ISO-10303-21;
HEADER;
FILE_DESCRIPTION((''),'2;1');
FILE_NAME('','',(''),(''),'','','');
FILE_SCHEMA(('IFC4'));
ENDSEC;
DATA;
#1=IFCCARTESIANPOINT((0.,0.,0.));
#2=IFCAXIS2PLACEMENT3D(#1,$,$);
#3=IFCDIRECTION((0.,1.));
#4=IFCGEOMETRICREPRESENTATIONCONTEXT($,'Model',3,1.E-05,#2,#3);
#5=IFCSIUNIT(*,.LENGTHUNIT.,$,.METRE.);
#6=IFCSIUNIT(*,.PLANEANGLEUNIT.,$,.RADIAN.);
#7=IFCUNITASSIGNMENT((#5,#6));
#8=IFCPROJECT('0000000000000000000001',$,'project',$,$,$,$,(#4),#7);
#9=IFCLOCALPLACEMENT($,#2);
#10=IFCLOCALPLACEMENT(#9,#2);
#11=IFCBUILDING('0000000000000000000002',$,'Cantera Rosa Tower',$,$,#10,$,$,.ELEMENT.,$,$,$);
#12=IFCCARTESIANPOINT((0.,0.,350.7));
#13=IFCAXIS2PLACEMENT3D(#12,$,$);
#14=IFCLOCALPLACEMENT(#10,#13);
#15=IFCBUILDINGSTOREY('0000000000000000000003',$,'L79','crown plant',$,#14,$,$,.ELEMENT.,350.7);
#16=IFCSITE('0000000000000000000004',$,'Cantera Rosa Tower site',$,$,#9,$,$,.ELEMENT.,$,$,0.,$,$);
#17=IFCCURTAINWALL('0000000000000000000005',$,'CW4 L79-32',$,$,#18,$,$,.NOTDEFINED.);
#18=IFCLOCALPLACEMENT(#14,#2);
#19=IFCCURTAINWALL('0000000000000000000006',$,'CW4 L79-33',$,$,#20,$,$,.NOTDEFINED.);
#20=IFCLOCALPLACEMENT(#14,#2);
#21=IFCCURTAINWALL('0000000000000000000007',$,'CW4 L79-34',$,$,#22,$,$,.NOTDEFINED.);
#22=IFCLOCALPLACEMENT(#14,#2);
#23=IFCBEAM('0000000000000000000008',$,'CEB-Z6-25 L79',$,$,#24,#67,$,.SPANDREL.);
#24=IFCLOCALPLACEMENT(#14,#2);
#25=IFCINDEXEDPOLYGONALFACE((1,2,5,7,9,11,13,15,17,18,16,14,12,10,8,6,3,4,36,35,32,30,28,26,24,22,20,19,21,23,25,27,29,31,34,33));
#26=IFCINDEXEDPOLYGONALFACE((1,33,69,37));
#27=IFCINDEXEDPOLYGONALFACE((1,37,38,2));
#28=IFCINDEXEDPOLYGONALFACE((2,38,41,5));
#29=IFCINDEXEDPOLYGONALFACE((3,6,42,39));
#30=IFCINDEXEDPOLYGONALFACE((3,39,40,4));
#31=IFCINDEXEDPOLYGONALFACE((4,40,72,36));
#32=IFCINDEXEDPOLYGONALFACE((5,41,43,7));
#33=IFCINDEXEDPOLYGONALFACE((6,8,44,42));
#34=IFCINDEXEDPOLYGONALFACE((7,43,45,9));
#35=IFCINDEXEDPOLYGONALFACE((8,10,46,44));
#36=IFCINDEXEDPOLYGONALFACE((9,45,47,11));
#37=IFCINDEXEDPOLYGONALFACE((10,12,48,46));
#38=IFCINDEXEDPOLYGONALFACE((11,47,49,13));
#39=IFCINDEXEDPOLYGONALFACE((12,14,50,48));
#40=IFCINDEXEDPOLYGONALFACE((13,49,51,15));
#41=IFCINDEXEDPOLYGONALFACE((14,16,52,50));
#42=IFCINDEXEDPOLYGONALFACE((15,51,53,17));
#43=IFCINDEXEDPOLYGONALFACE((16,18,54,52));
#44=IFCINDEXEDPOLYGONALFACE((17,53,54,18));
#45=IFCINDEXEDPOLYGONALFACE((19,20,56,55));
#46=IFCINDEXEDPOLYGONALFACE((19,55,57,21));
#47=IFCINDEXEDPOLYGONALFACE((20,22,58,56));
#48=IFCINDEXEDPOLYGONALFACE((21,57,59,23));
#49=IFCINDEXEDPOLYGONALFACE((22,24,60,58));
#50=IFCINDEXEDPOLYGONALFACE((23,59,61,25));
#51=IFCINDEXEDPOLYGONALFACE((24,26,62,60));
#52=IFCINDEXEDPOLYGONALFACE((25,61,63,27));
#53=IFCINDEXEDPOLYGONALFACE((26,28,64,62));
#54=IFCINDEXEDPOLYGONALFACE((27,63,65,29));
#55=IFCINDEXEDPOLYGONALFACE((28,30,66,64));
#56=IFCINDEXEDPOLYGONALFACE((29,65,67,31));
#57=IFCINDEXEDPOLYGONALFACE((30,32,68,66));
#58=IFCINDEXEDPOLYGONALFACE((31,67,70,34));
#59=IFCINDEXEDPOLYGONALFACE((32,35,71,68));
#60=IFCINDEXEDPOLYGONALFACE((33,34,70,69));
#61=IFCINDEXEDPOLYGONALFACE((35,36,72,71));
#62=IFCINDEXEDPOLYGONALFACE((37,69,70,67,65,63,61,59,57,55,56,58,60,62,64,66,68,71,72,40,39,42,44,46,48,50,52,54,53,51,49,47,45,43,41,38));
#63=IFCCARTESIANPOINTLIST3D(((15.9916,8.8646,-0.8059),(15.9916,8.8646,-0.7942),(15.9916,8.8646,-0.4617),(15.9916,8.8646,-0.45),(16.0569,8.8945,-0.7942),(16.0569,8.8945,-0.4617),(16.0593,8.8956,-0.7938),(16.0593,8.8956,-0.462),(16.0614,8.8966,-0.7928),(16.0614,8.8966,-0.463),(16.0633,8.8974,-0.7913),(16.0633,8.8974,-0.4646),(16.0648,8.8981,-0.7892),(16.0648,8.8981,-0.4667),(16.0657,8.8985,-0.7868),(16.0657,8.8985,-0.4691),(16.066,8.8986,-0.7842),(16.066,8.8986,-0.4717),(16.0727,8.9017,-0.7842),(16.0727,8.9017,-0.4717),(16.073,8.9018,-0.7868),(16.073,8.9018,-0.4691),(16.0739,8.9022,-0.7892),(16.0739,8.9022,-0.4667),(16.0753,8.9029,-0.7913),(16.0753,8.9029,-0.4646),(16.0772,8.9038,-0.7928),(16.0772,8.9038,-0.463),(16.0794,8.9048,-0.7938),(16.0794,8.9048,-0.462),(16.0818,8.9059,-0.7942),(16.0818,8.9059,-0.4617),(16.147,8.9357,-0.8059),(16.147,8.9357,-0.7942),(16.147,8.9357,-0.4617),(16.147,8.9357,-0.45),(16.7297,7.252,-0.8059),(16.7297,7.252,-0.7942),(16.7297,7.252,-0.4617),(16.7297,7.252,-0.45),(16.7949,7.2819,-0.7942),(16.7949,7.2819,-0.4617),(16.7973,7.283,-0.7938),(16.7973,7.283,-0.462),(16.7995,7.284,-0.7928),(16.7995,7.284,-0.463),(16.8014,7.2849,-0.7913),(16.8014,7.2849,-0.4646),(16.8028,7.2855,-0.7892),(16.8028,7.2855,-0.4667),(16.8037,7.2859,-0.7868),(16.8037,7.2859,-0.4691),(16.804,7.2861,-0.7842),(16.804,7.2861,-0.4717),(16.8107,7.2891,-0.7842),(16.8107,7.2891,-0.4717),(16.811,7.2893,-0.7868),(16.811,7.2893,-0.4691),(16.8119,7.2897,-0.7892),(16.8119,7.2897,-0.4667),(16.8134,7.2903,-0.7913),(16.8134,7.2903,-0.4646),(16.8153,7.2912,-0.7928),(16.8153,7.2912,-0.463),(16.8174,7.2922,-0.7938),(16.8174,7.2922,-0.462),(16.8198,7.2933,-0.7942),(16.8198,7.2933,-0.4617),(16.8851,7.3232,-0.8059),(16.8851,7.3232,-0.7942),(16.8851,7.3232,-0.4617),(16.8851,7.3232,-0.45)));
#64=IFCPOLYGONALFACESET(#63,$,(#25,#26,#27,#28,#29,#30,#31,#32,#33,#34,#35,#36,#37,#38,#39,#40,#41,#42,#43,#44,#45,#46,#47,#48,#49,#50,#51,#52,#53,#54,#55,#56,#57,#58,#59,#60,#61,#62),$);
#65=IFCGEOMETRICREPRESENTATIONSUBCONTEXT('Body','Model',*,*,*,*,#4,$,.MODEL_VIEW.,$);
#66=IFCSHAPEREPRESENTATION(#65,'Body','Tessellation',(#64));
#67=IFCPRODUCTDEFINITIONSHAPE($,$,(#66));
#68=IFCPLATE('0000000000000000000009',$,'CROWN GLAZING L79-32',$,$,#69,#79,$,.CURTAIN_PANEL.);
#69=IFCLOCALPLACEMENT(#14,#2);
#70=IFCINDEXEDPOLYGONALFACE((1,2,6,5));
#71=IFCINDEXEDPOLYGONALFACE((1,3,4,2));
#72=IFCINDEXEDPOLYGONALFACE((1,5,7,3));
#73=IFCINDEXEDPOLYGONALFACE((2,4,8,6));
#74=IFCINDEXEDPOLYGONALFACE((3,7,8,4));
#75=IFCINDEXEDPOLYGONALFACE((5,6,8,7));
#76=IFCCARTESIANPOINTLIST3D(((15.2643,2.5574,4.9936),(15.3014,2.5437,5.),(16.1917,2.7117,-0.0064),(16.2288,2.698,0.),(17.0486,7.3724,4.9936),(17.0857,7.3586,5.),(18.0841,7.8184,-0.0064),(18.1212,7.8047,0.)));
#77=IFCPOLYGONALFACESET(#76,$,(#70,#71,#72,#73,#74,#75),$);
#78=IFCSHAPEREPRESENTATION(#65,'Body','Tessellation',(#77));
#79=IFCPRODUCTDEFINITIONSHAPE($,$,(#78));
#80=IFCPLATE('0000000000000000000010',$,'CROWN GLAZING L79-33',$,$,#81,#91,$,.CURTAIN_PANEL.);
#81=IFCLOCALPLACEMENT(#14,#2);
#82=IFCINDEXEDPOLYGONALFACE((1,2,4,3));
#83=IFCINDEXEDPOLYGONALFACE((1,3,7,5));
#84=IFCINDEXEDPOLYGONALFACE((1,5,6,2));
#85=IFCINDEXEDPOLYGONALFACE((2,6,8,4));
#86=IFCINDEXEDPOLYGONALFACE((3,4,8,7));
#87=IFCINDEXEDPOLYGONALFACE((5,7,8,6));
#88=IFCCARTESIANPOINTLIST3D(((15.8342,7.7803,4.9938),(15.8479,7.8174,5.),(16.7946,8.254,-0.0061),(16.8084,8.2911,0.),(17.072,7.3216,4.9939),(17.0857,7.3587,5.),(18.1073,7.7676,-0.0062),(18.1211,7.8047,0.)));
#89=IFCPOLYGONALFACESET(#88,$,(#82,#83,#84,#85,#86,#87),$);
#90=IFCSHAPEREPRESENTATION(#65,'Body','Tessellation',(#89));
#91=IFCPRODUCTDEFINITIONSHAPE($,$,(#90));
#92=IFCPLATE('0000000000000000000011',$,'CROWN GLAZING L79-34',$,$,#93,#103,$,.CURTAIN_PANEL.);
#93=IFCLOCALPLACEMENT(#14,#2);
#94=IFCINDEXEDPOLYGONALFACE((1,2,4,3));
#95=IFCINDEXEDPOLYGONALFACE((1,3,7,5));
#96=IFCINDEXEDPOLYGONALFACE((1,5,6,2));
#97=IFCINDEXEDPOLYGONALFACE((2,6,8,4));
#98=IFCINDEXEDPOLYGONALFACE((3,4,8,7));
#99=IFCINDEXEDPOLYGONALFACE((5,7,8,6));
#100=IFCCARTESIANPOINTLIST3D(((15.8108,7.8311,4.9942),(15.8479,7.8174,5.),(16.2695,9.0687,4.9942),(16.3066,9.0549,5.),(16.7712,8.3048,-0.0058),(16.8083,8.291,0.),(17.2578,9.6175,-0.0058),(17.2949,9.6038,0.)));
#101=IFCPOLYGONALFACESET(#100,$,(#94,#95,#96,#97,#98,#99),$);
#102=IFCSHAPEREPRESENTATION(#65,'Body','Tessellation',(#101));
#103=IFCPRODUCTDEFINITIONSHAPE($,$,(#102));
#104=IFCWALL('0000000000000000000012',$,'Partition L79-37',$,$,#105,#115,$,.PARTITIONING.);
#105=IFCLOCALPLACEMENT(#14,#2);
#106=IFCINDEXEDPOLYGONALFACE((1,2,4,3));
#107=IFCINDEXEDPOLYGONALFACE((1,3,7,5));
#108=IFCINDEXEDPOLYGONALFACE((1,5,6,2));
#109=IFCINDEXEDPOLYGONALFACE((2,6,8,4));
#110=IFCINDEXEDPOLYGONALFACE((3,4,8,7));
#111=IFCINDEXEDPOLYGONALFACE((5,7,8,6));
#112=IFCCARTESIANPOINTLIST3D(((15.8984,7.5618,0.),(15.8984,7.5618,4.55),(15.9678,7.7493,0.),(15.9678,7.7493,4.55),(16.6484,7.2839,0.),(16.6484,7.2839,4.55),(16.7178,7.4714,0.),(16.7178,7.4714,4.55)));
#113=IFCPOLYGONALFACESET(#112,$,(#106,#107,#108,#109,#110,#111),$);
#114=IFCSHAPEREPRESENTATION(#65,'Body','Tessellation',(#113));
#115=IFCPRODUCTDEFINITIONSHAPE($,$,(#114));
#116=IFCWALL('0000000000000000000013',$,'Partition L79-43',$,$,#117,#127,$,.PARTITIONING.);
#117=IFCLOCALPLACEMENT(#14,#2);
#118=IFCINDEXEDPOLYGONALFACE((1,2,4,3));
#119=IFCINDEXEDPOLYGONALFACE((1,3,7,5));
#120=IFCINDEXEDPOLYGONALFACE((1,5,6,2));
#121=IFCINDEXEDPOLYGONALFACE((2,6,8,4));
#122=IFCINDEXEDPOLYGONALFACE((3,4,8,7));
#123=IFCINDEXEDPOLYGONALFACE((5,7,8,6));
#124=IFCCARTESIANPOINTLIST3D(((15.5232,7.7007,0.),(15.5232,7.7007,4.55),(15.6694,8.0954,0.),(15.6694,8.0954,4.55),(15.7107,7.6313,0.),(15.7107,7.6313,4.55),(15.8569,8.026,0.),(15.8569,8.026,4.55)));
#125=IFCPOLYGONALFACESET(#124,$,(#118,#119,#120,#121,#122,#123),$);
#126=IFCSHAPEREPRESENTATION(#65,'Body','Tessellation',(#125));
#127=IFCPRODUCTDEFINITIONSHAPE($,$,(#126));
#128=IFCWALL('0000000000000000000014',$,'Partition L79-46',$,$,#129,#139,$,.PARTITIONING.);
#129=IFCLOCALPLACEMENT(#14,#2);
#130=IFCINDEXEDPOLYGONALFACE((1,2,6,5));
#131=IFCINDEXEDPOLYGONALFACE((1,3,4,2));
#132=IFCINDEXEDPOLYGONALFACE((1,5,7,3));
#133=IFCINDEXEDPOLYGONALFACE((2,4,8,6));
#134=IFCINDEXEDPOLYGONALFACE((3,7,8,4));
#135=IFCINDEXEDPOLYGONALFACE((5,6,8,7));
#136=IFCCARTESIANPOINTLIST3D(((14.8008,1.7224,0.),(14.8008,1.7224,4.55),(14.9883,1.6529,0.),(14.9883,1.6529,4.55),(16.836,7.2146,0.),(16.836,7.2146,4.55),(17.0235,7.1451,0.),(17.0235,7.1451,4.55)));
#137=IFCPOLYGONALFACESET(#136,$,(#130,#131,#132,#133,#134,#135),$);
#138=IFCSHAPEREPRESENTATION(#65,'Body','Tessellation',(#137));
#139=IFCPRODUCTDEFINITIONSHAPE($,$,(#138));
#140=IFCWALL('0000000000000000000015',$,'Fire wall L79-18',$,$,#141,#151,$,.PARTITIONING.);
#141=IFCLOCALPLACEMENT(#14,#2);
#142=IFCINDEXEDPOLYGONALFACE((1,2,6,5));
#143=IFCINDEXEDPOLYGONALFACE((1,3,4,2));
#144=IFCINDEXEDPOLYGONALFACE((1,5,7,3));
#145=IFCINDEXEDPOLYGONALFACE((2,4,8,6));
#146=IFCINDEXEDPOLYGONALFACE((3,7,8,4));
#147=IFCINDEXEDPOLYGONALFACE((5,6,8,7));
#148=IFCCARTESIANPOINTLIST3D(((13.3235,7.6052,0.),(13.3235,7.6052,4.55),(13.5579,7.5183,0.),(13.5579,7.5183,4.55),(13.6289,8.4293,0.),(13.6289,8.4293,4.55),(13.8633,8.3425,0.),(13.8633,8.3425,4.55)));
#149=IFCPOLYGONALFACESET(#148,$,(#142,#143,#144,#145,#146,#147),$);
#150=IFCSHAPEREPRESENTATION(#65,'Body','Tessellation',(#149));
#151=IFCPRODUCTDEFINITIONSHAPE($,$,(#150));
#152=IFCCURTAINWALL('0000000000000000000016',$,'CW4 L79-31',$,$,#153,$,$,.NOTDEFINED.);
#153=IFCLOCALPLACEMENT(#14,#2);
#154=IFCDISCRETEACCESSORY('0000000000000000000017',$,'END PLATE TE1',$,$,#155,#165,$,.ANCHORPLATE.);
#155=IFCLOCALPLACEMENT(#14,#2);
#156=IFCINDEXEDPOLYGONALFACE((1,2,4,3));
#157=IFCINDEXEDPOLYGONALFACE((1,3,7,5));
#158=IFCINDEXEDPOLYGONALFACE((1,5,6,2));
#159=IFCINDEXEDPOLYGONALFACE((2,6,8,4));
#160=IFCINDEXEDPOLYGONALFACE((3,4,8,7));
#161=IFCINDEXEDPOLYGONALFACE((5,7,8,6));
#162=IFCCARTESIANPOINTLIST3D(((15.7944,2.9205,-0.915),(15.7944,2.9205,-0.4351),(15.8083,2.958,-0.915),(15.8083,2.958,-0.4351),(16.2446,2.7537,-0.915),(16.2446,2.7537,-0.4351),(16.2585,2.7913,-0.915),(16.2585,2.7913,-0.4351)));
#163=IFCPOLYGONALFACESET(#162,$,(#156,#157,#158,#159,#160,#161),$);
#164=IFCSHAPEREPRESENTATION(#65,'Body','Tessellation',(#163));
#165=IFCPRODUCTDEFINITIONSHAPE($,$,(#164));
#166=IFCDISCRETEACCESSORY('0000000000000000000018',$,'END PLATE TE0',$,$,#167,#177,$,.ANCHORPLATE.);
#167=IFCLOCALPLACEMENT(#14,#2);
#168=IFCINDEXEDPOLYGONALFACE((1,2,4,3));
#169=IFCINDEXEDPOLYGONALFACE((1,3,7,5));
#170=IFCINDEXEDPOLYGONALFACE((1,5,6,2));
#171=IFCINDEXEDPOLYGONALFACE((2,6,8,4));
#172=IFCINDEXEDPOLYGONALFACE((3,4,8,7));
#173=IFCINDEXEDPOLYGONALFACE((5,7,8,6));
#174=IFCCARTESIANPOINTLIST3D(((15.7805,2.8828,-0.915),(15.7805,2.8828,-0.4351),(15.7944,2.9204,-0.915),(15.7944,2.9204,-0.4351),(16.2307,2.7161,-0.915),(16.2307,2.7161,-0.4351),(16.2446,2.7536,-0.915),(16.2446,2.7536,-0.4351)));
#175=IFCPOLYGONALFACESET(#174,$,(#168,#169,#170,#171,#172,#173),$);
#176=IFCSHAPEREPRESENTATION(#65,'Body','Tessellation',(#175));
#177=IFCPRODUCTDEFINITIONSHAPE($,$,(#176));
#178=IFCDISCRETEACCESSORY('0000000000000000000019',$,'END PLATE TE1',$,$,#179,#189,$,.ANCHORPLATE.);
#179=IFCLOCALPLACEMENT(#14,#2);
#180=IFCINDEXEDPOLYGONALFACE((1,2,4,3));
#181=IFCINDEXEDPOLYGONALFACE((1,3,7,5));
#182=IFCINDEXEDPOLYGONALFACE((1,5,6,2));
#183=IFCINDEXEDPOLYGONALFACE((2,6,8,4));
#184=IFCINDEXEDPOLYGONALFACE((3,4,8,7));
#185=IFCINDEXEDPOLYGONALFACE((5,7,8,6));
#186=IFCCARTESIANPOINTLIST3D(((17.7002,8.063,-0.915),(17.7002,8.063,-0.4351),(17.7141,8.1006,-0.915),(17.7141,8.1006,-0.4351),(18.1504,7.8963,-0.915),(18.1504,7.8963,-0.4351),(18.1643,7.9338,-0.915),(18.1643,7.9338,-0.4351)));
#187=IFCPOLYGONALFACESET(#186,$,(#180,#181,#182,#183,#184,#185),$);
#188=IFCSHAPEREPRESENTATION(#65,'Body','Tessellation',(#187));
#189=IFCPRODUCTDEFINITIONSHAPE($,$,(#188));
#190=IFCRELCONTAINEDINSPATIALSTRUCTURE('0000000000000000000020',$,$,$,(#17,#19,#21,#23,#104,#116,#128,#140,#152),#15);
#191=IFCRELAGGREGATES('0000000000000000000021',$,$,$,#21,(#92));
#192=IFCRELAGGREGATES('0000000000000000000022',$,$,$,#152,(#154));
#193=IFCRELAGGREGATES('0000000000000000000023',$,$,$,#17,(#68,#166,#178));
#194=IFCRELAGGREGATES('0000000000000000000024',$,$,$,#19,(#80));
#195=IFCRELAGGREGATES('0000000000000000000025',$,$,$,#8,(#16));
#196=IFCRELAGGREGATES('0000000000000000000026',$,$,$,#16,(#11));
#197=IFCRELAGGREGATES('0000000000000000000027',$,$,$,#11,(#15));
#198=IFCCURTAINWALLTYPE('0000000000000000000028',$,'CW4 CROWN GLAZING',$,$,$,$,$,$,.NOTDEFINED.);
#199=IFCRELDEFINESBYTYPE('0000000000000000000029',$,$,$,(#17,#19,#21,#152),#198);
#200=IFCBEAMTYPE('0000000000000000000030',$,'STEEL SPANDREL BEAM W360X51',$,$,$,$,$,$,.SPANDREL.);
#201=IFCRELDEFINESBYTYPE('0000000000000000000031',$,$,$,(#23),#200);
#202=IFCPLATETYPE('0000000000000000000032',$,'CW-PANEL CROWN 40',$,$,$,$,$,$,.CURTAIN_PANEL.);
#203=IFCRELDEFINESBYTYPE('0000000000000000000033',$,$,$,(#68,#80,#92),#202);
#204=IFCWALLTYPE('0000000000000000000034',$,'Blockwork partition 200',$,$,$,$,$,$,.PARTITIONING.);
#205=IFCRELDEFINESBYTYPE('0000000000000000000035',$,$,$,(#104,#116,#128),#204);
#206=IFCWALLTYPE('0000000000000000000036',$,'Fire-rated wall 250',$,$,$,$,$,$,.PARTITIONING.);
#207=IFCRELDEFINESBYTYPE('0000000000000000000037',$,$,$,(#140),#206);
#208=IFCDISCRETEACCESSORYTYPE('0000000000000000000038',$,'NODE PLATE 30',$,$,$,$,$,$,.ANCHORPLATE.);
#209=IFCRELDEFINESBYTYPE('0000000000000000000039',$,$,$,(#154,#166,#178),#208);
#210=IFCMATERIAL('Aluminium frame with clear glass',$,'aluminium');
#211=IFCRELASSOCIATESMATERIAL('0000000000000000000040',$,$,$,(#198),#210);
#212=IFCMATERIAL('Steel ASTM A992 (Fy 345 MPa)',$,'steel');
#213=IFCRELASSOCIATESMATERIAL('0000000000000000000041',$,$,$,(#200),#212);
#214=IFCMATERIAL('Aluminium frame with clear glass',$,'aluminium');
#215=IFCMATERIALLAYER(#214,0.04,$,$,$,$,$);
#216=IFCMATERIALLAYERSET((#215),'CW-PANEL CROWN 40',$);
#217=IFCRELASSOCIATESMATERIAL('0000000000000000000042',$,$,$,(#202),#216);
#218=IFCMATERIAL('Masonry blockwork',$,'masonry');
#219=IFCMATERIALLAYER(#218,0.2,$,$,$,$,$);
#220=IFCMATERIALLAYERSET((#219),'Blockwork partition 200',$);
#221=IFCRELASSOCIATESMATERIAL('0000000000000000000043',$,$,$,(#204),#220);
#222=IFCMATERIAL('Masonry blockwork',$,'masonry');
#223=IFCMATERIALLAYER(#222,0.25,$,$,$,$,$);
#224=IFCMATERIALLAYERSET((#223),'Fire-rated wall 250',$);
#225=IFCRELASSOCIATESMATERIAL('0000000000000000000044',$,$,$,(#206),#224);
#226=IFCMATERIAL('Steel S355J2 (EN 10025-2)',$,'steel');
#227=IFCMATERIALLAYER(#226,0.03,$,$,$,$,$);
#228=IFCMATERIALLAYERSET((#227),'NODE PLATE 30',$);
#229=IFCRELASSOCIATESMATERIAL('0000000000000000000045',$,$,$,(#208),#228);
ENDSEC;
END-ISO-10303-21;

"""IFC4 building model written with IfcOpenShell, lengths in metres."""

from ifc_helpers import new_model, si_unit, direction, frame, frame_2d, origin, origin_2d, place, context, subcontext, project, spatial, polyline, rectangle, i_section, outline, extrude, material, layer, layer_set, material_profile, profile_set, type_object, element, aggregate, save


model = new_model("IFC4")

# Units and contexts
model_context = context("Model", 3, precision=1e-05, world=origin(), true_north=direction((0.0, 1.0)))
body_context = subcontext(model_context, "Body", "Model", "MODEL_VIEW")
ifc_project = project(units=[si_unit("LENGTHUNIT", "METRE"), si_unit("PLANEANGLEUNIT", "RADIAN")], contexts=[model_context])

# Site, building, storey
site_placement = place(None, origin())
site = spatial("IfcSite", under=ifc_project, at=site_placement, Name="Cantera Rosa Tower site", CompositionType="ELEMENT", RefElevation=0.0)
building_placement = place(site_placement, origin())
building = spatial("IfcBuilding", under=site, at=building_placement, Name="Cantera Rosa Tower", CompositionType="ELEMENT")
storey_placement = place(building_placement, frame((0.0, 0.0, 350.7)))
storey = spatial("IfcBuildingStorey", under=building, at=storey_placement, Name="L79", Description="crown plant", CompositionType="ELEMENT", Elevation=350.7)

# Curtain walls
ifc_material_1 = material(Name="Aluminium frame with clear glass", Category="aluminium")
curtain_wall_type = type_object("IfcCurtainWallType", Name="CW4 CROWN GLAZING", PredefinedType="NOTDEFINED", material=ifc_material_1)
curtain_wall_1_placement = place(storey_placement, origin())
curtain_wall_1 = element("IfcCurtainWall", 1, at=curtain_wall_1_placement, inside=storey, type_object=curtain_wall_type, Name="CW4 L79-32", PredefinedType="NOTDEFINED")
curtain_wall_2_placement = place(storey_placement, origin())
curtain_wall_2 = element("IfcCurtainWall", 2, at=curtain_wall_2_placement, inside=storey, type_object=curtain_wall_type, Name="CW4 L79-33", PredefinedType="NOTDEFINED")
curtain_wall_3_placement = place(storey_placement, origin())
curtain_wall_3 = element("IfcCurtainWall", 3, at=curtain_wall_3_placement, inside=storey, type_object=curtain_wall_type, Name="CW4 L79-34", PredefinedType="NOTDEFINED")

# Beam
ifc_material_2 = material(Name="Steel ASTM A992 (Fy 345 MPa)", Category="steel")
ifc_material_profile_1 = material_profile(ifc_material_2, i_section(OverallWidth=0.1709, OverallDepth=0.356, WebThickness=0.0073, FlangeThickness=0.0117, FilletRadius=0.01, at=origin_2d()), Name="W360X51")
ifc_profile_set_1 = profile_set([ifc_material_profile_1], Name="Steel ASTM A992 (Fy 345 MPa)")
beam_type_1 = type_object("IfcBeamType", Name="STEEL SPANDREL BEAM W360X51", PredefinedType="SPANDREL", material=ifc_profile_set_1)
beam_1_placement = place(storey_placement, frame((16.8074, 7.2876, -0.6279), z_axis=(-0.416166, 0.909288, 0.0), x_axis=(-0.909288, -0.416166, 0.0)))
element("IfcBeam", 4, at=beam_1_placement, inside=storey, type_object=beam_type_1, Name="CEB-Z6-25 L79", PredefinedType="SPANDREL", context=body_context, shape_type="SweptSolid", body=[
    extrude(i_section(OverallWidth=0.1709, OverallDepth=0.356, WebThickness=0.0073, FlangeThickness=0.0117, FilletRadius=0.01, at=origin_2d()), origin(), (0.0, 0.0, 1.0), 1.7734),
])

# Plates
ifc_material_3 = material(Name="Aluminium frame with clear glass", Category="aluminium")
ifc_layer_1 = layer(ifc_material_3, 0.04)
ifc_layer_set_1 = layer_set([ifc_layer_1], Name="CW-PANEL CROWN 40")
plate_type = type_object("IfcPlateType", Name="CW-PANEL CROWN 40", PredefinedType="CURTAIN_PANEL", material=ifc_layer_set_1)
plate_1_placement = place(storey_placement, frame((16.2288, 2.698, 0.0), z_axis=(0.925442, -0.34295, 0.161065), x_axis=(0.347487, 0.937685, 0.000003)))
plate_1 = element("IfcPlate", 5, at=plate_1_placement, type_object=plate_type, Name="CROWN GLAZING L79-32", PredefinedType="CURTAIN_PANEL", context=body_context, shape_type="SweptSolid", body=[
    extrude(outline(polyline([(0.0, 0.0), (5.446, 0.0), (4.668, 5.0661), (-0.467, 5.0662), (0.0, 0.0)])), origin(), (0.0, 0.0, -1.0), 0.04),
])
plate_2_placement = place(storey_placement, frame((18.1211, 7.8047, 0.0), z_axis=(0.343321, 0.926551, 0.153735), x_axis=(-0.937698, 0.34745, 0.000009)))
plate_2 = element("IfcPlate", 6, at=plate_2_placement, type_object=plate_type, Name="CROWN GLAZING L79-33", PredefinedType="CURTAIN_PANEL", context=body_context, shape_type="SweptSolid", body=[
    extrude(outline(polyline([(0.0, 0.0), (1.3999, 0.0), (2.136, 5.0601), (0.816, 5.0602), (0.0, 0.0)])), origin(), (0.0, 0.0, -1.0), 0.04),
])
plate_3_placement = place(storey_placement, frame((16.8083, 8.291, 0.0), z_axis=(0.927663, -0.343855, 0.145619), x_axis=(0.34756, 0.937658, 0.000002)))
plate_3 = element("IfcPlate", 7, at=plate_3_placement, type_object=plate_type, Name="CROWN GLAZING L79-34", PredefinedType="CURTAIN_PANEL", context=body_context, shape_type="SweptSolid", body=[
    extrude(outline(polyline([(0.0, 0.0), (1.4, 0.0), (0.5419, 5.0539), (-0.7779, 5.0539), (0.0, 0.0)])), origin(), (0.0, 0.0, -1.0), 0.04),
])
aggregate(curtain_wall_3, [plate_3])

# Walls
ifc_material_4 = material(Name="Masonry blockwork", Category="masonry")
ifc_layer_2 = layer(ifc_material_4, 0.2)
ifc_layer_set_2 = layer_set([ifc_layer_2], Name="Blockwork partition 200")
wall_type_1 = type_object("IfcWallType", Name="Blockwork partition 200", PredefinedType="PARTITIONING", material=ifc_layer_set_2)
wall_1_placement = place(storey_placement, frame((16.6831, 7.3777, 0.0), z_axis=(0.0, 0.0, 1.0), x_axis=(-0.937727, 0.347374, 0.0)))
element("IfcWall", 8, at=wall_1_placement, inside=storey, type_object=wall_type_1, Name="Partition L79-37", PredefinedType="PARTITIONING", context=body_context, shape_type="SweptSolid", body=[
    extrude(rectangle(XDim=0.7998, YDim=0.2, at=frame_2d((0.3999, 0.0))), origin(), (0.0, 0.0, 1.0), 4.55),
])
wall_2_placement = place(storey_placement, frame((15.6169, 7.666, 0.0), z_axis=(0.0, 0.0, 1.0), x_axis=(0.347371, 0.937728, 0.0)))
element("IfcWall", 9, at=wall_2_placement, inside=storey, type_object=wall_type_1, Name="Partition L79-43", PredefinedType="PARTITIONING", context=body_context, shape_type="SweptSolid", body=[
    extrude(rectangle(XDim=0.4209, YDim=0.2, at=frame_2d((0.2104, 0.0))), origin(), (0.0, 0.0, 1.0), 4.55),
])
wall_3_placement = place(storey_placement, frame((14.8945, 1.6875, 0.0), z_axis=(0.0, 0.0, 1.0), x_axis=(0.347466, 0.937692, 0.0)))
element("IfcWall", 10, at=wall_3_placement, inside=storey, type_object=wall_type_1, Name="Partition L79-46", PredefinedType="PARTITIONING", context=body_context, shape_type="SweptSolid", body=[
    extrude(rectangle(XDim=5.8572, YDim=0.2, at=frame_2d((2.9287, 0.0))), origin(), (0.0, 0.0, 1.0), 4.55),
])
ifc_material_5 = material(Name="Masonry blockwork", Category="masonry")
ifc_layer_3 = layer(ifc_material_5, 0.25)
ifc_layer_set_3 = layer_set([ifc_layer_3], Name="Fire-rated wall 250")
wall_type_2 = type_object("IfcWallType", Name="Fire-rated wall 250", PredefinedType="PARTITIONING", material=ifc_layer_set_3)
wall_4_placement = place(storey_placement, frame((13.4407, 7.5618, 0.0), z_axis=(0.0, 0.0, 1.0), x_axis=(0.347468, 0.937692, 0.0)))
element("IfcWall", 11, at=wall_4_placement, inside=storey, type_object=wall_type_2, Name="Fire wall L79-18", PredefinedType="PARTITIONING", context=body_context, shape_type="SweptSolid", body=[
    extrude(rectangle(XDim=0.8789, YDim=0.25, at=frame_2d((0.4395, 0.0))), origin(), (0.0, 0.0, 1.0), 4.55),
])

# Curtain wall, discrete accessory
curtain_wall_4_placement = place(storey_placement, origin())
curtain_wall_4 = element("IfcCurtainWall", 12, at=curtain_wall_4_placement, inside=storey, type_object=curtain_wall_type, Name="CW4 L79-31", PredefinedType="NOTDEFINED")
ifc_material_6 = material(Name="Steel S355J2 (EN 10025-2)", Category="steel")
ifc_layer_4 = layer(ifc_material_6, 0.03)
ifc_layer_set_4 = layer_set([ifc_layer_4], Name="NODE PLATE 30")
discrete_accessory_type = type_object("IfcDiscreteAccessoryType", Name="NODE PLATE 30", PredefinedType="ANCHORPLATE", material=ifc_layer_set_4)
discrete_accessory_1_placement = place(storey_placement, frame((15.8083, 2.958, -0.4351), z_axis=(0.347331, 0.937743, 0.0), x_axis=(0.937743, -0.347331, 0.0)))
discrete_accessory_1 = element("IfcDiscreteAccessory", 13, at=discrete_accessory_1_placement, type_object=discrete_accessory_type, Name="END PLATE TE1", PredefinedType="ANCHORPLATE", context=body_context, shape_type="SweptSolid", body=[
    extrude(outline(polyline([(0.0, 0.0), (0.4801, 0.0), (0.4801, 0.48), (0.0, 0.48), (0.0, 0.0)])), origin(), (0.0, 0.0, -1.0), 0.04),
])
aggregate(curtain_wall_4, [discrete_accessory_1])

# Discrete accessories
discrete_accessory_2_placement = place(storey_placement, frame((16.2307, 2.7161, -0.4351), z_axis=(-0.347331, -0.937743, 0.0), x_axis=(-0.937743, 0.347331, 0.0)))
discrete_accessory_2 = element("IfcDiscreteAccessory", 14, at=discrete_accessory_2_placement, type_object=discrete_accessory_type, Name="END PLATE TE0", PredefinedType="ANCHORPLATE", context=body_context, shape_type="SweptSolid", body=[
    extrude(outline(polyline([(0.0, 0.0), (0.4801, 0.0), (0.4801, 0.48), (0.0, 0.48), (0.0, 0.0)])), origin(), (0.0, 0.0, -1.0), 0.04),
])
discrete_accessory_3_placement = place(storey_placement, frame((17.7141, 8.1006, -0.4351), z_axis=(0.347331, 0.937743, 0.0), x_axis=(0.937743, -0.347331, 0.0)))
discrete_accessory_3 = element("IfcDiscreteAccessory", 15, at=discrete_accessory_3_placement, type_object=discrete_accessory_type, Name="END PLATE TE1", PredefinedType="ANCHORPLATE", context=body_context, shape_type="SweptSolid", body=[
    extrude(outline(polyline([(0.0, 0.0), (0.4801, 0.0), (0.4801, 0.48), (0.0, 0.48), (0.0, 0.0)])), origin(), (0.0, 0.0, -1.0), 0.04),
])
aggregate(curtain_wall_1, [plate_1, discrete_accessory_2, discrete_accessory_3])
aggregate(curtain_wall_2, [plate_2])

save(model, "model.ifc")
